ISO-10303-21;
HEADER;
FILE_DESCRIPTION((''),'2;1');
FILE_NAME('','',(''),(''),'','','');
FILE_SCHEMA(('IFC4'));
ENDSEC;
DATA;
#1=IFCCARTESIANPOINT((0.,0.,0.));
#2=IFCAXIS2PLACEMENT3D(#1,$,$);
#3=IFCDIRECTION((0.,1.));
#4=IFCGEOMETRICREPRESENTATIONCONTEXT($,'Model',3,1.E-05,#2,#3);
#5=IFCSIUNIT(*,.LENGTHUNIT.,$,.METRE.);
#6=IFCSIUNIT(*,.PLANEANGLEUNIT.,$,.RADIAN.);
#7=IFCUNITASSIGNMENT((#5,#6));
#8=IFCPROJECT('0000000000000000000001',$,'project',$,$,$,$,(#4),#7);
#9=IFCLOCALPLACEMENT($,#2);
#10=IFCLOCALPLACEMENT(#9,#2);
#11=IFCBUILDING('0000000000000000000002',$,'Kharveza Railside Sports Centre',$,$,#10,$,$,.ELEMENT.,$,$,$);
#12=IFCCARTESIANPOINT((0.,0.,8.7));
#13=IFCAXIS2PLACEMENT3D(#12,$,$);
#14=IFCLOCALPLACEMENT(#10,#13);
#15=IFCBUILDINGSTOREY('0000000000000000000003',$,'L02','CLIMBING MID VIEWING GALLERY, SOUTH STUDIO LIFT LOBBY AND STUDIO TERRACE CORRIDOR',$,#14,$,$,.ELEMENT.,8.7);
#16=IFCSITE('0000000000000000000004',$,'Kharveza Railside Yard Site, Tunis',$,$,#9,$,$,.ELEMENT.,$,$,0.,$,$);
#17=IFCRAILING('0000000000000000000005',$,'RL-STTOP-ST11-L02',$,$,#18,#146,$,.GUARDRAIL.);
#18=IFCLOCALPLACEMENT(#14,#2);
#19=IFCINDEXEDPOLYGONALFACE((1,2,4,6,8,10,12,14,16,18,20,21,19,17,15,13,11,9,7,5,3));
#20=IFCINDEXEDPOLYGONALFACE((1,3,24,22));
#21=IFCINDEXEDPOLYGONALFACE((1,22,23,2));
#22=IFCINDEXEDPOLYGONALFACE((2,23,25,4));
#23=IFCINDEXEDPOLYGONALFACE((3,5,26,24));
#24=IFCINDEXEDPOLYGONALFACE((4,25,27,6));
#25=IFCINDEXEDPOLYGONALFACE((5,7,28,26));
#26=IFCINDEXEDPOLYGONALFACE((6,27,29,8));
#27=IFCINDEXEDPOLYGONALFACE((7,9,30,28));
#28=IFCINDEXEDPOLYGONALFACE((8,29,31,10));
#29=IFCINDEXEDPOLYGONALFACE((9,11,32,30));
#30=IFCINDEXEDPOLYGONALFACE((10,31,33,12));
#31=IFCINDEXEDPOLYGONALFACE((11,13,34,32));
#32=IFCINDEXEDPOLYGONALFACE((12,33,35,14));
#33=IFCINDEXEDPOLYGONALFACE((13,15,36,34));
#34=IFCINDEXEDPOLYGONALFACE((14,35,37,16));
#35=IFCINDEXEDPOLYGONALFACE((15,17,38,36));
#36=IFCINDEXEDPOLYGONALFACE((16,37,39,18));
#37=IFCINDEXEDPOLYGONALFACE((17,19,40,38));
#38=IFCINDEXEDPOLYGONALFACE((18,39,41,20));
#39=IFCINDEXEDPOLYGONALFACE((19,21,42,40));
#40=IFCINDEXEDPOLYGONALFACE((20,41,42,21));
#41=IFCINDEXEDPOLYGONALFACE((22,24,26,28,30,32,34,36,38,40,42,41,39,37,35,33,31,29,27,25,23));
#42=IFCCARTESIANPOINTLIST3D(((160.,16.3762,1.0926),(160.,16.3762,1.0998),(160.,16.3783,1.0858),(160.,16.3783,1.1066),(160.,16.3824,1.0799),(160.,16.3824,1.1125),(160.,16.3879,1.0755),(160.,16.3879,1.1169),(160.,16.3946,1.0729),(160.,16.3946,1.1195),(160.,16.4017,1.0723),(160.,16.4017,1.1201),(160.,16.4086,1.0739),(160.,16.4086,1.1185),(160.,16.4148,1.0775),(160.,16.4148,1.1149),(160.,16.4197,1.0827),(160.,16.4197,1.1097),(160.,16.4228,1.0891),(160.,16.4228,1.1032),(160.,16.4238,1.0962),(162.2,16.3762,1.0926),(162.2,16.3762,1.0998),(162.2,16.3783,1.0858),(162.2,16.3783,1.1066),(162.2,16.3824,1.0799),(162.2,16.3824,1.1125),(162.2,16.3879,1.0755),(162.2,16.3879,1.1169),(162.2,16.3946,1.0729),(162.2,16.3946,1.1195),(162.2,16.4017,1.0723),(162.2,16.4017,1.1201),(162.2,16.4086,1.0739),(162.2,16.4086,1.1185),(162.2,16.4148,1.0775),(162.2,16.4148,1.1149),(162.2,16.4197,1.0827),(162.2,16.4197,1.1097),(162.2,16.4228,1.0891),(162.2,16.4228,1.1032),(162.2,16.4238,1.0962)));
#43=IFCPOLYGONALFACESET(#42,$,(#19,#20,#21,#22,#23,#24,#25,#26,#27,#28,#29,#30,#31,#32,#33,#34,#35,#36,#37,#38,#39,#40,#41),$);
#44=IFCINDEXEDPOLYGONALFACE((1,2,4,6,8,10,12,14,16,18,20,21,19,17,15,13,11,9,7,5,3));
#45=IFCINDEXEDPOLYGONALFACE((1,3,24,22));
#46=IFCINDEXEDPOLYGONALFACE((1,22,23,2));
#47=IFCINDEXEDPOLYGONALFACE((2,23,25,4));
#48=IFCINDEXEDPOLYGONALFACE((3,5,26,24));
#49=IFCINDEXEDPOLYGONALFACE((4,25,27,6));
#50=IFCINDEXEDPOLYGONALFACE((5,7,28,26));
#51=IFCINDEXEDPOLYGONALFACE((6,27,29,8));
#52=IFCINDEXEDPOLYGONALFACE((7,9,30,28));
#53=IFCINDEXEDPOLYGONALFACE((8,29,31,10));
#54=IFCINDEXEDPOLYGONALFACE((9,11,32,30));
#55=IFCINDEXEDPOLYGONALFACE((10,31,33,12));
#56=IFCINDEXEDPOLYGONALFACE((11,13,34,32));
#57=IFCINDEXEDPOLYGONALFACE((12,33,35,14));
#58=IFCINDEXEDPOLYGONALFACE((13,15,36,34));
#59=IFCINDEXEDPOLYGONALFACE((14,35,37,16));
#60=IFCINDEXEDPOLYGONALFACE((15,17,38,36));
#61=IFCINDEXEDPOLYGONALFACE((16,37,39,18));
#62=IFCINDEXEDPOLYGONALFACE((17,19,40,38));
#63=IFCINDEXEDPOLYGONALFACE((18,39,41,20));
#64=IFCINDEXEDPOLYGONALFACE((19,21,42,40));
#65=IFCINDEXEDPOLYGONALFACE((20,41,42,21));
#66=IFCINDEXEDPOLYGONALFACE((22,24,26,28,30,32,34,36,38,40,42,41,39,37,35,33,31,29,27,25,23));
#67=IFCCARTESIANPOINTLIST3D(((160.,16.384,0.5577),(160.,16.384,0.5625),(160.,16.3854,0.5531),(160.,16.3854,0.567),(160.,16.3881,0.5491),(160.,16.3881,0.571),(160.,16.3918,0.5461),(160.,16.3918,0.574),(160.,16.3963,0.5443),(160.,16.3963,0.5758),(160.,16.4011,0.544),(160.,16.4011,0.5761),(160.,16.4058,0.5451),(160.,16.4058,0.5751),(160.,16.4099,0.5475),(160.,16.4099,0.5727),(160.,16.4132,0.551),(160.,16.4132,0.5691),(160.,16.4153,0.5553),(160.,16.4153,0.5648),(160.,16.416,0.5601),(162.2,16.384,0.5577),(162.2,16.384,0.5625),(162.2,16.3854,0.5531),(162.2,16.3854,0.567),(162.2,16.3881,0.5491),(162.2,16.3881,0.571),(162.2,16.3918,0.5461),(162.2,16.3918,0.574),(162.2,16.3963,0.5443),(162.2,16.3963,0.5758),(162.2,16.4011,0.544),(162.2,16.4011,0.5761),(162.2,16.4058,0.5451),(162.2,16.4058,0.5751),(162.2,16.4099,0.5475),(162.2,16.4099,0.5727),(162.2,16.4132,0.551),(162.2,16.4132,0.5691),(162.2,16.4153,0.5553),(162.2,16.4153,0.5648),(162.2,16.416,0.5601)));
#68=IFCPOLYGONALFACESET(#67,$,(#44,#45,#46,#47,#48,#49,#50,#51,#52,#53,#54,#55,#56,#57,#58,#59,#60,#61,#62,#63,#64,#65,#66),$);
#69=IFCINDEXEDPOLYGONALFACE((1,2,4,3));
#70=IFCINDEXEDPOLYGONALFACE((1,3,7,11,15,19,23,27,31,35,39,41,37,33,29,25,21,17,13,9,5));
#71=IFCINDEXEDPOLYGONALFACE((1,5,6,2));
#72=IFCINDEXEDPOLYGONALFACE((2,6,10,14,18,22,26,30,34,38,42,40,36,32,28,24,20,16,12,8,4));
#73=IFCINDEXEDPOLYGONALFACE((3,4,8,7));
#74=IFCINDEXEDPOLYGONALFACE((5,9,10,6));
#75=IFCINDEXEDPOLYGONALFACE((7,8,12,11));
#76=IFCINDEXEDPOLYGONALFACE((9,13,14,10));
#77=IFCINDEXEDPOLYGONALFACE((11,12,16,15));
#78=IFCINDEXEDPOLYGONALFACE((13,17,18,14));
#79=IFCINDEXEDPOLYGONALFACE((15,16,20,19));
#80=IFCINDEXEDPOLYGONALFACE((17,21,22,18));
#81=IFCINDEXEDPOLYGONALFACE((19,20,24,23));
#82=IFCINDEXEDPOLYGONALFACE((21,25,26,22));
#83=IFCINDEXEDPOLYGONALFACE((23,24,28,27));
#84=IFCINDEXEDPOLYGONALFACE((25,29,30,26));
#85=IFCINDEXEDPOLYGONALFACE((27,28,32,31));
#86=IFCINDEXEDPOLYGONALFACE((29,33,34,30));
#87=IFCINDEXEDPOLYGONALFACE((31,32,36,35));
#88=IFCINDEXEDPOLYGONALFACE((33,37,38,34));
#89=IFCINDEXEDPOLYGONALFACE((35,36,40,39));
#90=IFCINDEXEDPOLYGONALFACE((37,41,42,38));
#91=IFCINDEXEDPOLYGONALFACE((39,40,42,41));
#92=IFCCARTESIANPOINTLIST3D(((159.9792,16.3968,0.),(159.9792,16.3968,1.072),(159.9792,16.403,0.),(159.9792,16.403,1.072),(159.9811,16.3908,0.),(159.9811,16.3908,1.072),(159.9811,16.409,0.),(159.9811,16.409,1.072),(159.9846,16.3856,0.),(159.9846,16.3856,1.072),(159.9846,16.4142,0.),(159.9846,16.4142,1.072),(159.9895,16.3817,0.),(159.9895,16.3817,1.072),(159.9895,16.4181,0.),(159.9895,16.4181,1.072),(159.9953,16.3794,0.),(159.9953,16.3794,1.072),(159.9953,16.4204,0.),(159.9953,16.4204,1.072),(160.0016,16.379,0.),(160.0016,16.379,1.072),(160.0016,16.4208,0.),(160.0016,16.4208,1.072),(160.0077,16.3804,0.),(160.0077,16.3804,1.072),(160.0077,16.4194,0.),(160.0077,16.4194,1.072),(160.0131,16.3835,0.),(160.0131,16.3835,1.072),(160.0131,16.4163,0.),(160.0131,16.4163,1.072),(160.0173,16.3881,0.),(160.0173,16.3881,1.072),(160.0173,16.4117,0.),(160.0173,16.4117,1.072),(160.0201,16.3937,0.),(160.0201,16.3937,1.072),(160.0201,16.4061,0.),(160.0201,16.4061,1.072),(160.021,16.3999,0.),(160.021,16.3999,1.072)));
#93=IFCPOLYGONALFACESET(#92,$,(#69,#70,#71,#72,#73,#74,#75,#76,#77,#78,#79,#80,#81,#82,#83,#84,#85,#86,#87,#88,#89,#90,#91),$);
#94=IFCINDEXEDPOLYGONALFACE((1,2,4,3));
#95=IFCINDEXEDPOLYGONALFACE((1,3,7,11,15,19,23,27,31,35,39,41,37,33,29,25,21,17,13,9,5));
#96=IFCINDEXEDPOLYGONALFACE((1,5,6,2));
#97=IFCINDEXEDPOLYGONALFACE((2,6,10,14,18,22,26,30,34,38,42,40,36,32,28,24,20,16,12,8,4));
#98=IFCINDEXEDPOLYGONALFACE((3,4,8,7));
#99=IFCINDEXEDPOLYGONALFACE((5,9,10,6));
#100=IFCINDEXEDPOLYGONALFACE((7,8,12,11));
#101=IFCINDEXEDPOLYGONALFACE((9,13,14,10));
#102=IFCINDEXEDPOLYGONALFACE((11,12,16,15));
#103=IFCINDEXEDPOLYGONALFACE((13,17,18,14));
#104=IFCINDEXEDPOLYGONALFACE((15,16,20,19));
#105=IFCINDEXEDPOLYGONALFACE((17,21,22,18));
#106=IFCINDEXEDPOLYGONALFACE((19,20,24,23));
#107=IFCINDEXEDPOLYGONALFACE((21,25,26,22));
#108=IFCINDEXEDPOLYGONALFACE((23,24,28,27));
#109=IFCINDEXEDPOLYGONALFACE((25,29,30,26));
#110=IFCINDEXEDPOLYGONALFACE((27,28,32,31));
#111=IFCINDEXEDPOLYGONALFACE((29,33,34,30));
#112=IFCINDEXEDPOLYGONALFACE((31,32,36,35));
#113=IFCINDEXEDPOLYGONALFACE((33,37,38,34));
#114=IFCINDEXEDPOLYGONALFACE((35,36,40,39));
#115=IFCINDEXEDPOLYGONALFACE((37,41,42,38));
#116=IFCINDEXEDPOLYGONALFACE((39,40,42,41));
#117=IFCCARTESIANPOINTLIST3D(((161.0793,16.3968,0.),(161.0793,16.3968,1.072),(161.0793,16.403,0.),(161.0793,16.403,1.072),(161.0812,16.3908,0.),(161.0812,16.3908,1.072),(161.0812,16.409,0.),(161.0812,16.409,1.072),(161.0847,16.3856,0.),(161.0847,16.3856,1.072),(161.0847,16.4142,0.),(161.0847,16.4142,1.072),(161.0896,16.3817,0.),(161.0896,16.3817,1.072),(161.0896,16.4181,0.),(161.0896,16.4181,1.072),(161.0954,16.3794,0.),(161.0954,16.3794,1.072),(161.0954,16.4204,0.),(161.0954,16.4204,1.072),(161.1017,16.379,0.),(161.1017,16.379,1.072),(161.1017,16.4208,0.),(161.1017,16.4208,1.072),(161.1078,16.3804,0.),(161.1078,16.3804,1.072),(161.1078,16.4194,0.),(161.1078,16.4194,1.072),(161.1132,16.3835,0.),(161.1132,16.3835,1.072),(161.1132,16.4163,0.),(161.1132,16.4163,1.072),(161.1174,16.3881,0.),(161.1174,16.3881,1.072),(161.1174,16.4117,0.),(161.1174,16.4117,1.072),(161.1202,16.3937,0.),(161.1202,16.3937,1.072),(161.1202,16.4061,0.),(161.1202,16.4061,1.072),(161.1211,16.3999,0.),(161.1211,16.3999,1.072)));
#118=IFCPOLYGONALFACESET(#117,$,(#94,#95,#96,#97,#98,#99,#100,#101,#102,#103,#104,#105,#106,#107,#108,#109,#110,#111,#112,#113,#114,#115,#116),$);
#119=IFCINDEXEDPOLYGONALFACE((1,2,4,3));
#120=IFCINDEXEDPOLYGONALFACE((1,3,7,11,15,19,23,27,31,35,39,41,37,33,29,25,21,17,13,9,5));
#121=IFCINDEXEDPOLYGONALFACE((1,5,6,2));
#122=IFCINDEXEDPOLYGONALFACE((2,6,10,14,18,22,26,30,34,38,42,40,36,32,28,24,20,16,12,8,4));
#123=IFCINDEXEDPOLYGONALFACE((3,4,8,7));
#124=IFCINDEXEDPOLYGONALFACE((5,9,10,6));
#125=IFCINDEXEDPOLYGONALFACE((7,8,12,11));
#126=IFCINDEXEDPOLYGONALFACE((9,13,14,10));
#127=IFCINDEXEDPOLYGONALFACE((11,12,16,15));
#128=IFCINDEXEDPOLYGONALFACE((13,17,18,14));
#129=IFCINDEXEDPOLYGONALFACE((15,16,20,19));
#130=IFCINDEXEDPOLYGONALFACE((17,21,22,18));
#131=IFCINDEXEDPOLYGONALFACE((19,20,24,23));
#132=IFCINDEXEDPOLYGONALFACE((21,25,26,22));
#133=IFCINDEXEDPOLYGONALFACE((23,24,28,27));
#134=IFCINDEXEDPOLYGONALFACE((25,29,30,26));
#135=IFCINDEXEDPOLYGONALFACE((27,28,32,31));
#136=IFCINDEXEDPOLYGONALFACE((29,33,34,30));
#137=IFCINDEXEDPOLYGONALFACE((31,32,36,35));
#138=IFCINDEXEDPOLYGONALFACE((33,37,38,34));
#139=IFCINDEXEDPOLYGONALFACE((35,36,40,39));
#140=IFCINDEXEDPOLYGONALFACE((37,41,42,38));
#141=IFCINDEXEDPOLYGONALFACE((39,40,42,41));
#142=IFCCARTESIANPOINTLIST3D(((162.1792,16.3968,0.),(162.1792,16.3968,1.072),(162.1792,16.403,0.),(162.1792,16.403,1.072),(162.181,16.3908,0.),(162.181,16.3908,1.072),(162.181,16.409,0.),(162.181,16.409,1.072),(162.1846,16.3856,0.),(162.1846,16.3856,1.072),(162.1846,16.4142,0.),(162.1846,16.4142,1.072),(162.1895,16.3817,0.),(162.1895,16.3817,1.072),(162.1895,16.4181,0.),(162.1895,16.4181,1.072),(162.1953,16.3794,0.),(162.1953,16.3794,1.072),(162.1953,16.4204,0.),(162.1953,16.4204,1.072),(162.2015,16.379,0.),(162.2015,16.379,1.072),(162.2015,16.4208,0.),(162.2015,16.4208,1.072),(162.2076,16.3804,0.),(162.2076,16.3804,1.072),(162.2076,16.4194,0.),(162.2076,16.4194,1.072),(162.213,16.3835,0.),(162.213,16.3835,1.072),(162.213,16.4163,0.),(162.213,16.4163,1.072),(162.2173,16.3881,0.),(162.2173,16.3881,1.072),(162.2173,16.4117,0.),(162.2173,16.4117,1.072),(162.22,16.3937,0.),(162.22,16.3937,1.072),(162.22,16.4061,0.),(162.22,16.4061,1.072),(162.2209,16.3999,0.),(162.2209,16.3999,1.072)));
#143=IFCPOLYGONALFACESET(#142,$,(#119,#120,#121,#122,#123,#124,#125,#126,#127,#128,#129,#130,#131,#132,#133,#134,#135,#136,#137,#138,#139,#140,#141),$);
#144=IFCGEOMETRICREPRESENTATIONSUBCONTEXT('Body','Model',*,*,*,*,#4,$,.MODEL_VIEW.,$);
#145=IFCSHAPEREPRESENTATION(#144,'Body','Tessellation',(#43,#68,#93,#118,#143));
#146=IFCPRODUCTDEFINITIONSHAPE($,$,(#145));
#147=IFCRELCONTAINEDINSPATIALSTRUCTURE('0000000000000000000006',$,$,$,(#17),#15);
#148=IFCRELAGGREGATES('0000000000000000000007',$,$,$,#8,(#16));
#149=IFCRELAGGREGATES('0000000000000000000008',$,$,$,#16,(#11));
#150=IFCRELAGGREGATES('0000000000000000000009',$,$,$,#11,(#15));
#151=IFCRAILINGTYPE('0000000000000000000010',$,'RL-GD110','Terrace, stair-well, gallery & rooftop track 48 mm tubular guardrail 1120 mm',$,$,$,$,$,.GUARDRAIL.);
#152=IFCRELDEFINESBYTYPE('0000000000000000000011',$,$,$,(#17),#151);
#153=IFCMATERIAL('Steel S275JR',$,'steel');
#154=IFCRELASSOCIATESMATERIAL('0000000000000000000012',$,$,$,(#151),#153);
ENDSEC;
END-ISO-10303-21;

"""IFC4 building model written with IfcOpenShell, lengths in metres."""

from ifc_helpers import new_model, si_unit, direction, frame, origin, origin_2d, place, context, subcontext, project, spatial, circle, extrude, material, type_object, element, save


model = new_model("IFC4")

# Units and contexts
model_context = context("Model", 3, precision=1e-05, world=origin(), true_north=direction((0.0, 1.0)))
body_context = subcontext(model_context, "Body", "Model", "MODEL_VIEW")
ifc_project = project(units=[si_unit("LENGTHUNIT", "METRE"), si_unit("PLANEANGLEUNIT", "RADIAN")], contexts=[model_context])

# Site, building, storey
site_placement = place(None, origin())
site = spatial("IfcSite", under=ifc_project, at=site_placement, Name="Kharveza Railside Yard Site, Tunis", CompositionType="ELEMENT", RefElevation=0.0)
building_placement = place(site_placement, origin())
building = spatial("IfcBuilding", under=site, at=building_placement, Name="Kharveza Railside Sports Centre", CompositionType="ELEMENT")
storey_placement = place(building_placement, frame((0.0, 0.0, 8.7)))
storey = spatial("IfcBuildingStorey", under=building, at=storey_placement, Name="L02", Description="CLIMBING MID VIEWING GALLERY, SOUTH STUDIO LIFT LOBBY AND STUDIO TERRACE CORRIDOR", CompositionType="ELEMENT", Elevation=8.7)

# Railing
ifc_material_1 = material(Name="Steel S275JR", Category="steel")
railing_type = type_object("IfcRailingType", Name="RL-GD110", Description="Terrace, stair-well, gallery & rooftop track 48 mm tubular guardrail 1120 mm", PredefinedType="GUARDRAIL", material=ifc_material_1)
railing_placement = place(storey_placement, frame((160.0, 16.3999, 0.0)))
element("IfcRailing", 1, at=railing_placement, inside=storey, type_object=railing_type, Name="RL-STTOP-ST11-L02", PredefinedType="GUARDRAIL", context=body_context, shape_type="SweptSolid", body=[
    extrude(circle(Radius=0.0239, at=origin_2d()), frame((0.0, 0.0, 1.0962), z_axis=(1.0, 0.0, 0.0), x_axis=(0.0, 1.0, 0.0)), (0.0, 0.0, 1.0), 2.2),
    extrude(circle(Radius=0.0161, at=origin_2d()), frame((0.0, 0.0, 0.5601), z_axis=(1.0, 0.0, 0.0), x_axis=(0.0, 1.0, 0.0)), (0.0, 0.0, 1.0), 2.2),
    extrude(circle(Radius=0.021, at=origin_2d()), origin(), (0.0, 0.0, 1.0), 1.072),
    extrude(circle(Radius=0.021, at=origin_2d()), frame((1.1001, 0.0, 0.0)), (0.0, 0.0, 1.0), 1.072),
    extrude(circle(Radius=0.021, at=origin_2d()), frame((2.2, 0.0, 0.0)), (0.0, 0.0, 1.0), 1.072),
])

save(model, "model.ifc")
